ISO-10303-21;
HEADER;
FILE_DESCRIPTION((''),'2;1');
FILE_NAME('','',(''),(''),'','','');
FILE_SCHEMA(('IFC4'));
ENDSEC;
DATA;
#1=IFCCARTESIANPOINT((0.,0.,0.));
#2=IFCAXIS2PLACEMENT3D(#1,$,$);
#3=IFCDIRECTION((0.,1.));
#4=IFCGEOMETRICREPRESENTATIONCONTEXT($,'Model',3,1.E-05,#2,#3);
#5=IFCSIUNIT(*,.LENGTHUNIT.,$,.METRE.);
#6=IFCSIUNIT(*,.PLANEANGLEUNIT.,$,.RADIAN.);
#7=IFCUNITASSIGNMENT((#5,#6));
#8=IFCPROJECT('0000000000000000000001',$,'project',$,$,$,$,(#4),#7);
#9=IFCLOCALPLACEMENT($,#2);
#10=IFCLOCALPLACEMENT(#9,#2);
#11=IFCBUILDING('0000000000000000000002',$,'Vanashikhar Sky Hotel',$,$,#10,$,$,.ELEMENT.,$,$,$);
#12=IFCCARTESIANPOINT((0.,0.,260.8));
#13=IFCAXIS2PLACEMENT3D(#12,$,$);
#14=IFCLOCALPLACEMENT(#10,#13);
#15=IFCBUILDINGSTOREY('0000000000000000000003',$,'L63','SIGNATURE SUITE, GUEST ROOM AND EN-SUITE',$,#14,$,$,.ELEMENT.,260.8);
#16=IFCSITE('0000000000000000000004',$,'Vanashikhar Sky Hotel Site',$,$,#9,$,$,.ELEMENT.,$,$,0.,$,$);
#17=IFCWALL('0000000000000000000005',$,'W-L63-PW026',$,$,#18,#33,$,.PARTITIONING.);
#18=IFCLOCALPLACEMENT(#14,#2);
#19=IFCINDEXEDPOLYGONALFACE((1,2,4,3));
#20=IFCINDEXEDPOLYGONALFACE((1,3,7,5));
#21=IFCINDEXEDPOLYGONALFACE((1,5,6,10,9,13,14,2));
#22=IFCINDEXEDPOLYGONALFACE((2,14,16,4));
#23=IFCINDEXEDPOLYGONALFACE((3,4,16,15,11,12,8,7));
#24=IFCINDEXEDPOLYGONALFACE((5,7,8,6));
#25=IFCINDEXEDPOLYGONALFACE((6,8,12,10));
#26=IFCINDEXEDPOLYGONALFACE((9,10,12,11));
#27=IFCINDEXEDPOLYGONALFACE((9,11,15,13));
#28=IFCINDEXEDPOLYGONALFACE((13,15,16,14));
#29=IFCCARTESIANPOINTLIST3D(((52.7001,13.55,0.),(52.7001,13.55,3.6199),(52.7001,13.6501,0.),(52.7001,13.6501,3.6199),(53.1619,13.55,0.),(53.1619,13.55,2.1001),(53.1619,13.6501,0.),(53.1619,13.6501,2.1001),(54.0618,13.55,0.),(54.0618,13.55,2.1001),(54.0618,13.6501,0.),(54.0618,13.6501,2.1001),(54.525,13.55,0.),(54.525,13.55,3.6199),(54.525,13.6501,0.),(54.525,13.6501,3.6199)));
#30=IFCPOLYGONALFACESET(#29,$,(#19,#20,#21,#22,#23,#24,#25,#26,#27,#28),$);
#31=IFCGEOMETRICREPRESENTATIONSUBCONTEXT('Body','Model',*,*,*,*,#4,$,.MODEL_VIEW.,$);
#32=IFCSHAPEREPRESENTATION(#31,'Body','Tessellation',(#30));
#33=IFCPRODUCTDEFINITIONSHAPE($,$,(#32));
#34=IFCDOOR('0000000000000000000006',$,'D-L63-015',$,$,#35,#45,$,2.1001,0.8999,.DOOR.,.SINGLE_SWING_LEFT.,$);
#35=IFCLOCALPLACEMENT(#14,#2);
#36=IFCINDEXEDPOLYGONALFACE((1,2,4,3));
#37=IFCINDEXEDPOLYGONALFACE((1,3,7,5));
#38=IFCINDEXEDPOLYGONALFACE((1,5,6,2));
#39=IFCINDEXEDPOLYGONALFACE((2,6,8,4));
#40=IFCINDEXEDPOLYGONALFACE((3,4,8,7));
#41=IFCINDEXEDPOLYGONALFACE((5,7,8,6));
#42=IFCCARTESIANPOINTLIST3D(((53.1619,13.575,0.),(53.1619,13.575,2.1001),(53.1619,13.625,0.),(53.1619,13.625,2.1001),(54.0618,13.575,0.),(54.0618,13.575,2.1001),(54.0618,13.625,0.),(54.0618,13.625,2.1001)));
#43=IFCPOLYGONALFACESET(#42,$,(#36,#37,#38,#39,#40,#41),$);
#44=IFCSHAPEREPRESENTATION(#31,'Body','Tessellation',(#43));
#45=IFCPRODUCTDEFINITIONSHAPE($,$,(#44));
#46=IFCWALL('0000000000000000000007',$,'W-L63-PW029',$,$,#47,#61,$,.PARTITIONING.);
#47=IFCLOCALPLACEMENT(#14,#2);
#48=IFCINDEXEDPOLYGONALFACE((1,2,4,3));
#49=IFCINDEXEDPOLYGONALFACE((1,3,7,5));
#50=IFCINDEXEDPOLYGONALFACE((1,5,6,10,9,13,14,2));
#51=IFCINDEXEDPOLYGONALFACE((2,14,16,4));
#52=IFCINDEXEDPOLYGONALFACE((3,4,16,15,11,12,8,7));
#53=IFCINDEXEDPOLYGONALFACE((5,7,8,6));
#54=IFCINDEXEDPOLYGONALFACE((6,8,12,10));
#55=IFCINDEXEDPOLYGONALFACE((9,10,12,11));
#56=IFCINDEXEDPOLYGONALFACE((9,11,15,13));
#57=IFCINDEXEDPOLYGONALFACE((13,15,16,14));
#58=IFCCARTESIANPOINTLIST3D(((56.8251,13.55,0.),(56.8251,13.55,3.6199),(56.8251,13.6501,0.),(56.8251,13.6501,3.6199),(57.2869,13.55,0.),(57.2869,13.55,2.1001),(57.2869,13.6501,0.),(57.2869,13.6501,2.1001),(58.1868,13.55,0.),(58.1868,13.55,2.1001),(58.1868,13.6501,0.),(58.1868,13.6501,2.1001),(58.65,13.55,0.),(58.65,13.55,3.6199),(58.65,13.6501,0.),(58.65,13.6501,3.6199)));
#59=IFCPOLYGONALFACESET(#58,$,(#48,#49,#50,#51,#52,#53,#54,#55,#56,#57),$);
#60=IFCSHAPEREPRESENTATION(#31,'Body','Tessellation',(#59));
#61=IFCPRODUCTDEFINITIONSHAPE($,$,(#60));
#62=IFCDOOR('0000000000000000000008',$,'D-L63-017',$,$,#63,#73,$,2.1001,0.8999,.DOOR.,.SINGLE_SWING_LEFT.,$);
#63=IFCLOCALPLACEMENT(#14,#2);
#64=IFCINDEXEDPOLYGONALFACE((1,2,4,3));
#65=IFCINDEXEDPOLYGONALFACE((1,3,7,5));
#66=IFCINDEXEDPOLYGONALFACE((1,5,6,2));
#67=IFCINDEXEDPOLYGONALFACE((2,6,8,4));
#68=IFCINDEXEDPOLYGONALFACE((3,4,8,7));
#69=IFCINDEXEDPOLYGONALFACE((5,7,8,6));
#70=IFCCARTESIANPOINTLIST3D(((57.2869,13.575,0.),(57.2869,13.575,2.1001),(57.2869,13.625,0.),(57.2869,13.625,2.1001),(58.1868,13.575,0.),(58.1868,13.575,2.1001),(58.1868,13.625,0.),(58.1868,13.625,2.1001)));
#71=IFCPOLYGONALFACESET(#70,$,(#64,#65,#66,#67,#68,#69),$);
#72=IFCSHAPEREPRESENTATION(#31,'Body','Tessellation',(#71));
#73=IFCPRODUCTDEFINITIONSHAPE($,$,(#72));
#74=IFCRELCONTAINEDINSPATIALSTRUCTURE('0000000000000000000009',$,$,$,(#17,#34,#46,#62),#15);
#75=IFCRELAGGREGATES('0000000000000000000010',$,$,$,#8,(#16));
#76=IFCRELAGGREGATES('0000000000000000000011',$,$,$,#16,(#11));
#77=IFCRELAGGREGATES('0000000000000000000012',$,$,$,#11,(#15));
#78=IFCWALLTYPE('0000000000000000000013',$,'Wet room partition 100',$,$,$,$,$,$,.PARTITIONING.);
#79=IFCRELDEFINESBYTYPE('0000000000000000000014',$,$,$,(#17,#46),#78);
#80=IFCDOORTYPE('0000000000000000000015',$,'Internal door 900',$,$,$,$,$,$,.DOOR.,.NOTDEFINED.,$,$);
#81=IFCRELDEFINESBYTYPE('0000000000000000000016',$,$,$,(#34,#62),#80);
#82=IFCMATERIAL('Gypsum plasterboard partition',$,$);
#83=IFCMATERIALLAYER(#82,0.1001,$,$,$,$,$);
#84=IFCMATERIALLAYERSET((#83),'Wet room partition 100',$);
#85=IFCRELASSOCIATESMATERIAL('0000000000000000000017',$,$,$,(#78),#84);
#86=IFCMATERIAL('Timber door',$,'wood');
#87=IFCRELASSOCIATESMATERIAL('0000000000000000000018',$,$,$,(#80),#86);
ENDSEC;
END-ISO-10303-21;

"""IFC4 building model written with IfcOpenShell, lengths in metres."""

from ifc_helpers import new_model, si_unit, direction, frame, frame_2d, origin, place, context, subcontext, project, spatial, rectangle, extrude, source, transform, mapped, material, layer, layer_set, type_object, element, fill, save


model = new_model("IFC4")

# Units and contexts
model_context = context("Model", 3, precision=1e-05, world=origin(), true_north=direction((0.0, 1.0)))
body_context = subcontext(model_context, "Body", "Model", "MODEL_VIEW")
ifc_project = project(units=[si_unit("LENGTHUNIT", "METRE"), si_unit("PLANEANGLEUNIT", "RADIAN")], contexts=[model_context])

# Site, building, storey
site_placement = place(None, origin())
site = spatial("IfcSite", under=ifc_project, at=site_placement, Name="Vanashikhar Sky Hotel Site", CompositionType="ELEMENT", RefElevation=0.0)
building_placement = place(site_placement, origin())
building = spatial("IfcBuilding", under=site, at=building_placement, Name="Vanashikhar Sky Hotel", CompositionType="ELEMENT")
storey_placement = place(building_placement, frame((0.0, 0.0, 260.8)))
storey = spatial("IfcBuildingStorey", under=building, at=storey_placement, Name="L63", Description="SIGNATURE SUITE, GUEST ROOM AND EN-SUITE", CompositionType="ELEMENT", Elevation=260.8)

# Shared definitions
ifc_material_1 = material(Name="Gypsum plasterboard partition")

# Shared definitions
ifc_layer_1 = layer(ifc_material_1, 0.1001)
ifc_layer_set_1 = layer_set([ifc_layer_1], Name="Wet room partition 100")
wall_type_1 = type_object("IfcWallType", Name="Wet room partition 100", PredefinedType="PARTITIONING", material=ifc_layer_set_1)

# Walls, openings, doors
shared_shape_1 = source(origin(), body_context, "Body", "SweptSolid", [
    extrude(rectangle(XDim=1.825, YDim=0.1001, at=frame_2d((0.9126, 0.0))), origin(), (0.0, 0.0, 1.0), 3.6199),
])
shared_shape_2 = source(origin(), body_context, "Body", "SweptSolid", [
    extrude(rectangle(XDim=0.8999, YDim=2.1001, at=frame_2d((0.45, 1.05))), frame((0.0, 0.0601, 0.0), z_axis=(0.0, -1.0, 0.0), x_axis=(1.0, 0.0, 0.0)), (0.0, 0.0, 1.0), 0.1201),
])
ifc_material_2 = material(Name="Timber door", Category="wood")
door_type_1 = type_object("IfcDoorType", Name="Internal door 900", OperationType="NOTDEFINED", PredefinedType="DOOR", material=ifc_material_2)
shared_shape_3 = source(origin(), body_context, "Body", "SweptSolid", [
    extrude(rectangle(XDim=0.8999, YDim=2.1001, at=frame_2d((0.45, 1.05))), frame((0.0, 0.0249, 0.0), z_axis=(0.0, -1.0, 0.0), x_axis=(1.0, 0.0, 0.0)), (0.0, 0.0, 1.0), 0.05),
])
wall_1_placement = place(storey_placement, frame((52.7, 13.6001, 0.0), z_axis=(0.0, 0.0, 1.0), x_axis=(1.0, 0.0, 0.0)))
wall_1 = element("IfcWall", 1, at=wall_1_placement, inside=storey, type_object=wall_type_1, Name="W-L63-PW026", PredefinedType="PARTITIONING", context=body_context, shape_type="MappedRepresentation", body=[
    mapped(shared_shape_1, transform((0.0, 0.0, 0.0), scale=1.0)),
])
opening_1_placement = place(wall_1_placement, frame((0.4619, 0.0, 0.0)))
opening_1 = element("IfcOpeningElement", 2, at=opening_1_placement, cuts=wall_1, PredefinedType="OPENING", context=body_context, shape_type="MappedRepresentation", body=[
    mapped(shared_shape_2, transform((0.0, 0.0, 0.0), scale=1.0)),
])
door_1_placement = place(opening_1_placement, origin())
door_1 = element("IfcDoor", 3, at=door_1_placement, inside=storey, type_object=door_type_1, Name="D-L63-015", OperationType="SINGLE_SWING_LEFT", OverallHeight=2.1001, OverallWidth=0.8999, PredefinedType="DOOR", context=body_context, shape_type="MappedRepresentation", body=[
    mapped(shared_shape_3, transform((0.0, 0.0, 0.0), scale=1.0)),
])
fill(opening_1, door_1)
wall_2_placement = place(storey_placement, frame((56.825, 13.6001, 0.0), z_axis=(0.0, 0.0, 1.0), x_axis=(1.0, 0.0, 0.0)))
wall_2 = element("IfcWall", 4, at=wall_2_placement, inside=storey, type_object=wall_type_1, Name="W-L63-PW029", PredefinedType="PARTITIONING", context=body_context, shape_type="MappedRepresentation", body=[
    mapped(shared_shape_1, transform((0.0, 0.0, 0.0), scale=1.0)),
])
opening_2_placement = place(wall_2_placement, frame((0.4619, 0.0, 0.0)))
opening_2 = element("IfcOpeningElement", 5, at=opening_2_placement, cuts=wall_2, PredefinedType="OPENING", context=body_context, shape_type="MappedRepresentation", body=[
    mapped(shared_shape_2, transform((0.0, 0.0, 0.0), scale=1.0)),
])
door_2_placement = place(opening_2_placement, origin())
door_2 = element("IfcDoor", 6, at=door_2_placement, inside=storey, type_object=door_type_1, Name="D-L63-017", OperationType="SINGLE_SWING_LEFT", OverallHeight=2.1001, OverallWidth=0.8999, PredefinedType="DOOR", context=body_context, shape_type="MappedRepresentation", body=[
    mapped(shared_shape_3, transform((0.0, 0.0, 0.0), scale=1.0)),
])
fill(opening_2, door_2)

save(model, "model.ifc")
